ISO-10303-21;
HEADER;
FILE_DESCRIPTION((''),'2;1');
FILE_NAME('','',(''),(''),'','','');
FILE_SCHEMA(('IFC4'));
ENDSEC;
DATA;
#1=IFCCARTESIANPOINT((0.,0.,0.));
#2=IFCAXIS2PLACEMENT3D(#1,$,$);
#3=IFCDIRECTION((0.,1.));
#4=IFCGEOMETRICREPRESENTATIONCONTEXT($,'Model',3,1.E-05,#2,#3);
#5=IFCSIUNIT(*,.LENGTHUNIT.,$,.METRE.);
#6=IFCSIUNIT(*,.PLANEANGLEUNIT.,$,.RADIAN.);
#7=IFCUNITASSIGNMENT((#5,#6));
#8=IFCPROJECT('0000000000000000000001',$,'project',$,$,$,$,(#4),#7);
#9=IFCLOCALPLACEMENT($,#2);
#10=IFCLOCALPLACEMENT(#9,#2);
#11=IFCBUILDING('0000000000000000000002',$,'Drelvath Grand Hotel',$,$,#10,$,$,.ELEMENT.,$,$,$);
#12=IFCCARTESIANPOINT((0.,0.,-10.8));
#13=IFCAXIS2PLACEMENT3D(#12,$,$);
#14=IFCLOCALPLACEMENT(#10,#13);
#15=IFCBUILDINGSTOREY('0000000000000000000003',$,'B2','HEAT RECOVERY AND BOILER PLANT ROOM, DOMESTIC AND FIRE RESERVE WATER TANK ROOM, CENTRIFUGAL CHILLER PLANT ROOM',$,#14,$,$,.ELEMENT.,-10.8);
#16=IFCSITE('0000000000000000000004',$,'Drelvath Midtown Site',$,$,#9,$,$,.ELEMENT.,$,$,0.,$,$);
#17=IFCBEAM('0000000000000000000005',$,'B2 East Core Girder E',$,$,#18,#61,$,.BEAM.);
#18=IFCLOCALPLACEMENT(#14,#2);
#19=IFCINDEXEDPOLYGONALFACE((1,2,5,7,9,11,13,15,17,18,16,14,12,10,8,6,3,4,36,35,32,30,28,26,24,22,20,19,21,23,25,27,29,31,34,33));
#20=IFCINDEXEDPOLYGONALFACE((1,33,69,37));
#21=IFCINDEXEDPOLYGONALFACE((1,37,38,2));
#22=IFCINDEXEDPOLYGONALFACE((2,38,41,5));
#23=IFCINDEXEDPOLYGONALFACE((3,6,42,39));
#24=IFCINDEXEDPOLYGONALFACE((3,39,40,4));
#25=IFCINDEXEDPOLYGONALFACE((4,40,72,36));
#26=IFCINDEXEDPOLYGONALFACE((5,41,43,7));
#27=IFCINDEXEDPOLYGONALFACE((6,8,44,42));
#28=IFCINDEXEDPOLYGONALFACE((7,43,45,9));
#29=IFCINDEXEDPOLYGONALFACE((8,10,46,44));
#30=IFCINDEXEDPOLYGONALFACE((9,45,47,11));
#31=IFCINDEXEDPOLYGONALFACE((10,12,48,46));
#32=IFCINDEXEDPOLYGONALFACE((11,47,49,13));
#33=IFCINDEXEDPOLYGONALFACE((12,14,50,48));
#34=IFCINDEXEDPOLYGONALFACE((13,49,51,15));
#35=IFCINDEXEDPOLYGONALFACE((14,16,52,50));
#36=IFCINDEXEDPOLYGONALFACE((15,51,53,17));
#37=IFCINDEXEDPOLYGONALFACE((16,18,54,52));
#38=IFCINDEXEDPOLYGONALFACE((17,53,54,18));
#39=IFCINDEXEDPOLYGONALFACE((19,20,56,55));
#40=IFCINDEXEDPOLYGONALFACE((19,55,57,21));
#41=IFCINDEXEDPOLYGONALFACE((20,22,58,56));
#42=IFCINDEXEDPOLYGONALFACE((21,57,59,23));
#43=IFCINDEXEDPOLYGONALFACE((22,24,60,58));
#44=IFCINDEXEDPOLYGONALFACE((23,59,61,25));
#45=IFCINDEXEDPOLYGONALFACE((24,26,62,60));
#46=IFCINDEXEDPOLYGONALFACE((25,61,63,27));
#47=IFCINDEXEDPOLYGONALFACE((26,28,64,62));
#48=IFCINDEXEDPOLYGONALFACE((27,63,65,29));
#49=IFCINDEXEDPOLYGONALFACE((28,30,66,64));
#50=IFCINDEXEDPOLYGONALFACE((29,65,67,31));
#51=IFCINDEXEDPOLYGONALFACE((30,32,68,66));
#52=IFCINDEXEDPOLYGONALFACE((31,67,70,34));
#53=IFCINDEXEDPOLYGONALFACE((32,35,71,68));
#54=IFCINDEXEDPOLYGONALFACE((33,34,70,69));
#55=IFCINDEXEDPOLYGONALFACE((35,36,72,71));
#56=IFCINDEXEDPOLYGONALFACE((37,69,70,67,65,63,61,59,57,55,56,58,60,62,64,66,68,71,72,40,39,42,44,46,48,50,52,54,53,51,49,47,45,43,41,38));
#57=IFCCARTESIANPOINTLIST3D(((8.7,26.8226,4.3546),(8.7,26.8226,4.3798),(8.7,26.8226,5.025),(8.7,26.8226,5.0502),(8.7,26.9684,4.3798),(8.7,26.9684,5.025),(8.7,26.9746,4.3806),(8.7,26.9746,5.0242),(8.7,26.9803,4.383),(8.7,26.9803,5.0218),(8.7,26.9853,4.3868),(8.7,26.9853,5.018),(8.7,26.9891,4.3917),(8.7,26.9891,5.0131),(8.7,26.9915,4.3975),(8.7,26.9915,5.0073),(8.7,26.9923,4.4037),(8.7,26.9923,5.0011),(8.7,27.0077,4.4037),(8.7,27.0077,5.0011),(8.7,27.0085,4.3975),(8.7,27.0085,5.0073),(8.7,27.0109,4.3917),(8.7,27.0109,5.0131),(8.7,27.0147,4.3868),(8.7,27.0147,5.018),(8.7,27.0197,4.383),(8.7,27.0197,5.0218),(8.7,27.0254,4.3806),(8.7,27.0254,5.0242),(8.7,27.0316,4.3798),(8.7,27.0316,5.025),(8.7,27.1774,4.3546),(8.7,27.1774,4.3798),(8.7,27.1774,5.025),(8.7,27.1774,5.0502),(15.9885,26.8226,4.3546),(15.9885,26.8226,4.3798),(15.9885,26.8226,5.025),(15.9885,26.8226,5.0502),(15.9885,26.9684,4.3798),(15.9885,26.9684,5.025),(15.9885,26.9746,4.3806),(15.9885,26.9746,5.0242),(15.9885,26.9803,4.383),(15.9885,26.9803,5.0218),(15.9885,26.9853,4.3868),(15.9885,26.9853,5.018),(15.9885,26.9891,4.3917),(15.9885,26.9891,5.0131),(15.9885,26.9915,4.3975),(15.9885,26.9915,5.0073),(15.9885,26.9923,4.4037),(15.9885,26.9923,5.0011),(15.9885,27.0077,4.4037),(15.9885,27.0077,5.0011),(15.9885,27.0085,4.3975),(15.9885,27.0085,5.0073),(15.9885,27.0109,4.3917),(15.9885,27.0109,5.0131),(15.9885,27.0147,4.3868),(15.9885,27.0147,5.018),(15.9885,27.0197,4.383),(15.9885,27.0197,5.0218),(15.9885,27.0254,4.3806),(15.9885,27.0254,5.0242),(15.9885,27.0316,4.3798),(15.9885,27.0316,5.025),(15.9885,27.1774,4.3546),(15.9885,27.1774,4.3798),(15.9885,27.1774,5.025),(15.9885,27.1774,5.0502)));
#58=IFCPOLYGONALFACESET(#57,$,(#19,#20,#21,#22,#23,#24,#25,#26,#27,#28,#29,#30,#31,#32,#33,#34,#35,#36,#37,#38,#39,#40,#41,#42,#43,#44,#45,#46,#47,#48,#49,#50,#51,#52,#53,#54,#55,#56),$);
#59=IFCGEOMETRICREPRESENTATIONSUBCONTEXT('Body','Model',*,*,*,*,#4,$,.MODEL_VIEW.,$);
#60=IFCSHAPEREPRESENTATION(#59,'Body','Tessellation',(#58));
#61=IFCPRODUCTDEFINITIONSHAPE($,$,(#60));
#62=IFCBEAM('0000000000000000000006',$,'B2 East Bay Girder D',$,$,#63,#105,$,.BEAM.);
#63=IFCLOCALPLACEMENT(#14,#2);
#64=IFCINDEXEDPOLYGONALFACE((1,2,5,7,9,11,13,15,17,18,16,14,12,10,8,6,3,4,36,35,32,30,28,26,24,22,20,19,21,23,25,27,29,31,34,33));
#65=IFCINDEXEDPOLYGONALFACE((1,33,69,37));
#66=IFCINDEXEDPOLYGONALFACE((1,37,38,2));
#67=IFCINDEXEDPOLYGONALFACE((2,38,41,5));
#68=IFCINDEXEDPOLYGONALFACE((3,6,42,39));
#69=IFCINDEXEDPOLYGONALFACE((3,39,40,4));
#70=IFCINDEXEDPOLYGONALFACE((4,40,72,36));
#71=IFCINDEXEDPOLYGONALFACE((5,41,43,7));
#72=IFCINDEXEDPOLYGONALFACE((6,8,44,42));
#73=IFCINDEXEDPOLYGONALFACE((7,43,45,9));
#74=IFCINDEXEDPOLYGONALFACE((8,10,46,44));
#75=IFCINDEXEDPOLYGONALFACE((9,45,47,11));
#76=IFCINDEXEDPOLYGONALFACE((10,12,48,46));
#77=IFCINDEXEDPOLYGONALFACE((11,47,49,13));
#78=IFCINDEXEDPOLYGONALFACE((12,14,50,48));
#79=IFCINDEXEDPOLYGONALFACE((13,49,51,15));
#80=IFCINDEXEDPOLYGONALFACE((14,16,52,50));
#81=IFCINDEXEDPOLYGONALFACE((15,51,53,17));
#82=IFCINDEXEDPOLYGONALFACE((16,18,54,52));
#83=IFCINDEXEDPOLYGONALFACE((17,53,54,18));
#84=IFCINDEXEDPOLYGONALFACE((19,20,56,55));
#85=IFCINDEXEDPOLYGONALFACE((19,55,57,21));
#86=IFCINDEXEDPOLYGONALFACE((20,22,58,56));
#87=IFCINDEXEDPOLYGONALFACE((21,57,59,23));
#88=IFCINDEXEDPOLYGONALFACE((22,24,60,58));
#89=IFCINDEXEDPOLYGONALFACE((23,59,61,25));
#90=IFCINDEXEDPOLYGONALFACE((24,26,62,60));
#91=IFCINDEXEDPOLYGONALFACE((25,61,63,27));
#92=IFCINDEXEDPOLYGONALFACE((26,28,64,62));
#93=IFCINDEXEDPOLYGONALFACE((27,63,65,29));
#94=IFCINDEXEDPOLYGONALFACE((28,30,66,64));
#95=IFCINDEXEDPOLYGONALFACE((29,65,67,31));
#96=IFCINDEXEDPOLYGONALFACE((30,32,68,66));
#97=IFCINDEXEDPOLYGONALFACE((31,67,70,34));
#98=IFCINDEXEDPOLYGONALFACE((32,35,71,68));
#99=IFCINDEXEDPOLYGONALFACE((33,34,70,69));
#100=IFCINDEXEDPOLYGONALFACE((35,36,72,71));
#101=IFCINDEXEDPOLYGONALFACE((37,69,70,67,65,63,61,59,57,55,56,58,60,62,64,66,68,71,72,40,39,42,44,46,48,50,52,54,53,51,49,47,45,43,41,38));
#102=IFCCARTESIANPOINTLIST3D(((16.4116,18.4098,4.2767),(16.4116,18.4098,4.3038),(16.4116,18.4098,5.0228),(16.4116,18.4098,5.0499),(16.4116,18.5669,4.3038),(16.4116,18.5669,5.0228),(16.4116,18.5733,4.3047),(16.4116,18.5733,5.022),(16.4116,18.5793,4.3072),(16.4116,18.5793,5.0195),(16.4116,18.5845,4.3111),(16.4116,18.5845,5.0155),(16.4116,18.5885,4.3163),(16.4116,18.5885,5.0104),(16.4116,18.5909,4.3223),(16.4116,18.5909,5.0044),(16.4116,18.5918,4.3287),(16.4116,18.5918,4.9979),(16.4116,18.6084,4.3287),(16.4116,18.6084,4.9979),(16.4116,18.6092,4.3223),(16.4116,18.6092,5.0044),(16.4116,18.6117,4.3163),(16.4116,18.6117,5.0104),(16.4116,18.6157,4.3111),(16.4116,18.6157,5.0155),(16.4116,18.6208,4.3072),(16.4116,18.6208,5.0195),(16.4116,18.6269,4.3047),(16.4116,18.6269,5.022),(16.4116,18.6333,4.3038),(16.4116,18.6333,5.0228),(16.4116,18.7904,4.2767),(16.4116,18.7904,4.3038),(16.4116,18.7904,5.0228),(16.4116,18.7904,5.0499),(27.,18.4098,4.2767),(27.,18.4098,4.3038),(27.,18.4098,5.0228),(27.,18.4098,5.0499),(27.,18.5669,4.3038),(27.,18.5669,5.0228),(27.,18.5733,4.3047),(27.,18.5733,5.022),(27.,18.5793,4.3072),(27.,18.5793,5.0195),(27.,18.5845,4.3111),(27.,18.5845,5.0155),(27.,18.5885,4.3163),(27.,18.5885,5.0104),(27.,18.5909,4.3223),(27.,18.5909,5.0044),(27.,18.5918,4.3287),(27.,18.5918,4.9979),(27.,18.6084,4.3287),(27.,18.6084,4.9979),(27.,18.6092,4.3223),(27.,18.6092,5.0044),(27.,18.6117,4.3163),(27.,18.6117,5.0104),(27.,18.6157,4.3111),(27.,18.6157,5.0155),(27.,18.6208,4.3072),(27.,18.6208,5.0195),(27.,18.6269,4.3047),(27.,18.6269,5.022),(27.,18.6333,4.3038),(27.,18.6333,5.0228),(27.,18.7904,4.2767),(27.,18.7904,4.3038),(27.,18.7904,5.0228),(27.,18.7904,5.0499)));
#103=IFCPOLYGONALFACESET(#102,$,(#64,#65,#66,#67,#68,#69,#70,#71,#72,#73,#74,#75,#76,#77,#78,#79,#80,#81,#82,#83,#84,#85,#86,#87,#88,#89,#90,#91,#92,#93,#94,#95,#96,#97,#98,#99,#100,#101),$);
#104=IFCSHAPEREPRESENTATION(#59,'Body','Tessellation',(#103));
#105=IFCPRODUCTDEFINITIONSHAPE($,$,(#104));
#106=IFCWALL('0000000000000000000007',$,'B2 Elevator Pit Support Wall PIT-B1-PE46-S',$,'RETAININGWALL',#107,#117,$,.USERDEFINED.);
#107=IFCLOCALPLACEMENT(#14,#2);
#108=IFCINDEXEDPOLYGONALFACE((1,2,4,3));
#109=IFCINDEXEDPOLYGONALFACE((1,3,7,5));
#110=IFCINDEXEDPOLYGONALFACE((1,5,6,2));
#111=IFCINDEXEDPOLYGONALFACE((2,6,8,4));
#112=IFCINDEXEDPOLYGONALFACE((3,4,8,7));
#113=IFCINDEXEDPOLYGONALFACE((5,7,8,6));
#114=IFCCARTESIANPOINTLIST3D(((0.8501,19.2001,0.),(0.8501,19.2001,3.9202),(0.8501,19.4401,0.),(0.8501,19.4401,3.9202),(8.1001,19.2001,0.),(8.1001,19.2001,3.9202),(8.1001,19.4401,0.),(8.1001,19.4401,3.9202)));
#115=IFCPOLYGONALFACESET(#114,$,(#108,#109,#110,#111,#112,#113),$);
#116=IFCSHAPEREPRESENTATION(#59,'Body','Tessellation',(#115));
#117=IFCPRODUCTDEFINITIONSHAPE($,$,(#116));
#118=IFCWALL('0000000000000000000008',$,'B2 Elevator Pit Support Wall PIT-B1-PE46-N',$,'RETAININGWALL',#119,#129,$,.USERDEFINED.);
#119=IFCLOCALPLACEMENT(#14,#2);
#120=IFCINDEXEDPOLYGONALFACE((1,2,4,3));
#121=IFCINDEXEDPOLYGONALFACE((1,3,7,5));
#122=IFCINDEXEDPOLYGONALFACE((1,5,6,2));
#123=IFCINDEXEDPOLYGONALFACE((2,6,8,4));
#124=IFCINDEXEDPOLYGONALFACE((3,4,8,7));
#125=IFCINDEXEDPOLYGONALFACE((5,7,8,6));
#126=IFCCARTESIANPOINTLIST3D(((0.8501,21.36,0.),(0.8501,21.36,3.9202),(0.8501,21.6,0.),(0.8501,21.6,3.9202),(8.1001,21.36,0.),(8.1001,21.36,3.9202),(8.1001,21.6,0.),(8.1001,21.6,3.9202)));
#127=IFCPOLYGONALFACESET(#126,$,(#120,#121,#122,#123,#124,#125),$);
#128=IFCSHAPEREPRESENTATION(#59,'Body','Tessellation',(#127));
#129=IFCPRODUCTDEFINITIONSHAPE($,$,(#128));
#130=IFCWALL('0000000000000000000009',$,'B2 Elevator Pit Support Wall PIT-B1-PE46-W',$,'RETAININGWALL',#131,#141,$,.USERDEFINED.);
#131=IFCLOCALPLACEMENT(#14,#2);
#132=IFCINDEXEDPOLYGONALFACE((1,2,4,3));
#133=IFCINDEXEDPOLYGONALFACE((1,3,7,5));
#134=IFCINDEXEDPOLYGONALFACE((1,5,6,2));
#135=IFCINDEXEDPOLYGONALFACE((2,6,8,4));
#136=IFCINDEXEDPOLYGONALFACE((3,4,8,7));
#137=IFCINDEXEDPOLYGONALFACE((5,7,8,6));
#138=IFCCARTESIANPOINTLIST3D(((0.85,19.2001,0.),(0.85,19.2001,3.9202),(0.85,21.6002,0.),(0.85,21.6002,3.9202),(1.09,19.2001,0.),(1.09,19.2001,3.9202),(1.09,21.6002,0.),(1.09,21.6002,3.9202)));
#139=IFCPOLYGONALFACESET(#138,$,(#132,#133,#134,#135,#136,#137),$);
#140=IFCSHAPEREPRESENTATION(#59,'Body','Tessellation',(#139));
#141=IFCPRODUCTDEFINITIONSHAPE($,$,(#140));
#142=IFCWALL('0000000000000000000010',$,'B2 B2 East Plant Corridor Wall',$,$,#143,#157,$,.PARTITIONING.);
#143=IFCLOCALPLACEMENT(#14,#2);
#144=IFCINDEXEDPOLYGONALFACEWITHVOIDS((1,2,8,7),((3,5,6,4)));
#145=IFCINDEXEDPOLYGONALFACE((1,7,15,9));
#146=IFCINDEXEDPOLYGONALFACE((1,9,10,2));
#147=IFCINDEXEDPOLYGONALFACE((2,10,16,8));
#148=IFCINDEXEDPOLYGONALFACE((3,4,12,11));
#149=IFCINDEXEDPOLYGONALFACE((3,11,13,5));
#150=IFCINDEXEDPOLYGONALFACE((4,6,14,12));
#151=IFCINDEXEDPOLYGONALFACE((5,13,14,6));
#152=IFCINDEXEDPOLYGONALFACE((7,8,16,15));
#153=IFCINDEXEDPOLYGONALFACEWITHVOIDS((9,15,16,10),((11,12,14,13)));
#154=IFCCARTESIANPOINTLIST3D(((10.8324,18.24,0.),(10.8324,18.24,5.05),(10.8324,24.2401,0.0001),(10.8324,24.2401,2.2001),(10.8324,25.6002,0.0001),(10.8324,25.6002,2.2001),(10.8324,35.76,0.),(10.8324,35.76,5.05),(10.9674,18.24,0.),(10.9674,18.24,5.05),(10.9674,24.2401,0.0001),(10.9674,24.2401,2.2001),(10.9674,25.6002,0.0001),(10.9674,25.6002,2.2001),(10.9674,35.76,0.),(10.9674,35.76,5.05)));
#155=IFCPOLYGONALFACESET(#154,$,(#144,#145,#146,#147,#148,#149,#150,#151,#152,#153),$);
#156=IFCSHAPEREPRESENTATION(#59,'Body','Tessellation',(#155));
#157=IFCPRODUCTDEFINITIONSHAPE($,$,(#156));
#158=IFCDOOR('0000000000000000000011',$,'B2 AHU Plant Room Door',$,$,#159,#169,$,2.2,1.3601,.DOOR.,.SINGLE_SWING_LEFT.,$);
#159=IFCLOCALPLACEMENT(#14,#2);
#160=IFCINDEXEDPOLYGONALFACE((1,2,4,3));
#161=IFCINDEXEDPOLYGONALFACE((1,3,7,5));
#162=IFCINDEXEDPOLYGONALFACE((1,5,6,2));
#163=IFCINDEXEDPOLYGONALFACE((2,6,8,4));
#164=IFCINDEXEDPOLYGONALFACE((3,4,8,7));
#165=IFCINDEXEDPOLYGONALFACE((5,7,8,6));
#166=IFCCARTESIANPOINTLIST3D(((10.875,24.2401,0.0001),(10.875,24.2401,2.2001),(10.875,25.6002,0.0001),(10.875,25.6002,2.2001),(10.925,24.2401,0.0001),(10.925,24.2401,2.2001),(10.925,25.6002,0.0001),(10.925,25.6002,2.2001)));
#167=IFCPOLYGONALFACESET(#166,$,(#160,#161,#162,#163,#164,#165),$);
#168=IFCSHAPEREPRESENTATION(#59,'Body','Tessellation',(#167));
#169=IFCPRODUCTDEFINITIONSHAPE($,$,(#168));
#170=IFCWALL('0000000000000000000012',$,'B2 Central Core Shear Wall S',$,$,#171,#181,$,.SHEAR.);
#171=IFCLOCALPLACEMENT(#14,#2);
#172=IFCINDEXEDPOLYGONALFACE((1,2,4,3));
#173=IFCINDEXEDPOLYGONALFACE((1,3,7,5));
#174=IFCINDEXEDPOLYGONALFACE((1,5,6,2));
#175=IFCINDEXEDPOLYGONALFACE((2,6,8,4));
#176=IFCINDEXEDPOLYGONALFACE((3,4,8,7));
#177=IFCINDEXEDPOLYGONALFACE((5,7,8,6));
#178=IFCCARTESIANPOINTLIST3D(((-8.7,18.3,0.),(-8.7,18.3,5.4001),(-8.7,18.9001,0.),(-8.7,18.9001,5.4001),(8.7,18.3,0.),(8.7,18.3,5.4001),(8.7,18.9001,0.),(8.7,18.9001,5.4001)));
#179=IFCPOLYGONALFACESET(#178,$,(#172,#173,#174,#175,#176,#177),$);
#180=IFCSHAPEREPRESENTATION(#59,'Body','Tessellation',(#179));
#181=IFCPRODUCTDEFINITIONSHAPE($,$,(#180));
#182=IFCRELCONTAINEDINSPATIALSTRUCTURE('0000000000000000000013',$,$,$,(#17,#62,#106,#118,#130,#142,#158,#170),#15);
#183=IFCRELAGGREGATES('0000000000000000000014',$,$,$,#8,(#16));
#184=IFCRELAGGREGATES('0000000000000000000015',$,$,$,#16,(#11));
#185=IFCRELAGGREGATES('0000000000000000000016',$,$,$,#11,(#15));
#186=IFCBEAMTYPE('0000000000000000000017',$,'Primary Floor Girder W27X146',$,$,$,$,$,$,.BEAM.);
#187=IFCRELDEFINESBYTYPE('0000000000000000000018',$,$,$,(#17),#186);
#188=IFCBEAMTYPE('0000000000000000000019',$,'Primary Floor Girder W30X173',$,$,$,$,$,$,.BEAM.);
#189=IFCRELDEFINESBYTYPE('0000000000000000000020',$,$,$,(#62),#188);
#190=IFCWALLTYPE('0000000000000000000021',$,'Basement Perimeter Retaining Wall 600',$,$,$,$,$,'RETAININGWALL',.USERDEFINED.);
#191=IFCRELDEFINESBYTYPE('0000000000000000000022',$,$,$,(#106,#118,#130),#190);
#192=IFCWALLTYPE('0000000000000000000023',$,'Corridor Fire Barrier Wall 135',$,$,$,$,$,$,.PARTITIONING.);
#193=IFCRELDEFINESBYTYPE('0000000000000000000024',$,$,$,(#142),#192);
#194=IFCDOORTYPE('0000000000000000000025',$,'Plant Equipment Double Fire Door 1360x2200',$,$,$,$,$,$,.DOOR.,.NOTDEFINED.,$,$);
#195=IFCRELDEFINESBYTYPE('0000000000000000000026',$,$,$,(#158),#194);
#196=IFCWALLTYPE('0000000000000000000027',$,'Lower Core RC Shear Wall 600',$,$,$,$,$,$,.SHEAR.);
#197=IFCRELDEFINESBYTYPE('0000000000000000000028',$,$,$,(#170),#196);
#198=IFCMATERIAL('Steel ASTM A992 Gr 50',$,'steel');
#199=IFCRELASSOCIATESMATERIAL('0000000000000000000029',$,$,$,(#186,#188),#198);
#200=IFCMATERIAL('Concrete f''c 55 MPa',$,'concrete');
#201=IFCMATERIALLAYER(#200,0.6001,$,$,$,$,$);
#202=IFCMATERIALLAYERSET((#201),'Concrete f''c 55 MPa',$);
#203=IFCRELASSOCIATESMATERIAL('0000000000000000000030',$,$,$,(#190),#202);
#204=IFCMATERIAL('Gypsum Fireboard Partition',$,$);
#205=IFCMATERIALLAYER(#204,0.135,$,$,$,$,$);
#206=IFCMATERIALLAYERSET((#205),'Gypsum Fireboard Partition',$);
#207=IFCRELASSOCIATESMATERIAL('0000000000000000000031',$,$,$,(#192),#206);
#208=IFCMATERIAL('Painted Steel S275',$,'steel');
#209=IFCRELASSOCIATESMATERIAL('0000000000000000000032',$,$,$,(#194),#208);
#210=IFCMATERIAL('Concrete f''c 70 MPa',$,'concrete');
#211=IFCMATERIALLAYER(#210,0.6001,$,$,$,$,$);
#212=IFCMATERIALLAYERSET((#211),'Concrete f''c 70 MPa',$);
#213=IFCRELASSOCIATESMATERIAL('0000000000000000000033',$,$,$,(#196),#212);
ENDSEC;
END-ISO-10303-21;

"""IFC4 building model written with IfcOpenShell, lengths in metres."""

from ifc_helpers import new_model, si_unit, direction, frame, frame_2d, origin, origin_2d, place, context, subcontext, project, spatial, rectangle, i_section, extrude, material, layer, layer_set, material_profile, profile_set, type_object, element, fill, save


model = new_model("IFC4")

# Units and contexts
model_context = context("Model", 3, precision=1e-05, world=origin(), true_north=direction((0.0, 1.0)))
body_context = subcontext(model_context, "Body", "Model", "MODEL_VIEW")
ifc_project = project(units=[si_unit("LENGTHUNIT", "METRE"), si_unit("PLANEANGLEUNIT", "RADIAN")], contexts=[model_context])

# Site, building, storey
site_placement = place(None, origin())
site = spatial("IfcSite", under=ifc_project, at=site_placement, Name="Drelvath Midtown Site", CompositionType="ELEMENT", RefElevation=0.0)
building_placement = place(site_placement, origin())
building = spatial("IfcBuilding", under=site, at=building_placement, Name="Drelvath Grand Hotel", CompositionType="ELEMENT")
storey_placement = place(building_placement, frame((0.0, 0.0, -10.8)))
storey = spatial("IfcBuildingStorey", under=building, at=storey_placement, Name="B2", Description="HEAT RECOVERY AND BOILER PLANT ROOM, DOMESTIC AND FIRE RESERVE WATER TANK ROOM, CENTRIFUGAL CHILLER PLANT ROOM", CompositionType="ELEMENT", Elevation=-10.8)

# Shared definitions
ifc_material_1 = material(Name="Concrete f'c 55 MPa", Category="concrete")

# Beams
ifc_material_2 = material(Name="Steel ASTM A992 Gr 50", Category="steel")
ifc_material_3 = material(Name="Concrete f'c 70 MPa", Category="concrete")
ifc_material_profile_1 = material_profile(ifc_material_2, i_section(OverallWidth=0.3547, OverallDepth=0.6956, WebThickness=0.0154, FlangeThickness=0.0251, FilletRadius=0.0239, at=origin_2d()), Name="W27X146")
ifc_profile_set_1 = profile_set([ifc_material_profile_1], Name="Steel ASTM A992 Gr 50")
beam_type_1 = type_object("IfcBeamType", Name="Primary Floor Girder W27X146", PredefinedType="BEAM", material=ifc_profile_set_1)
for number, where, z_axis, x_axis, name in (
    (1, (8.7, 27.0, 4.7024), (1.0, 0.0, 0.0), (0.0, 1.0, 0.0), "B2 East Core Girder E"),
):
    element("IfcBeam", number, at=place(storey_placement, frame(where, z_axis=z_axis, x_axis=x_axis)), inside=storey, type_object=beam_type_1, Name=name, PredefinedType="BEAM", context=body_context, shape_type="SweptSolid", body=[
        extrude(i_section(OverallWidth=0.3547, OverallDepth=0.6956, WebThickness=0.0154, FlangeThickness=0.0251, FilletRadius=0.0239, at=origin_2d()), origin(), (0.0, 0.0, 1.0), 7.2886),
    ])
ifc_material_profile_2 = material_profile(ifc_material_2, i_section(OverallWidth=0.3806, OverallDepth=0.7732, WebThickness=0.0166, FlangeThickness=0.0271, FilletRadius=0.0249, at=origin_2d()), Name="W30X173")
ifc_profile_set_2 = profile_set([ifc_material_profile_2], Name="Steel ASTM A992 Gr 50")
beam_type_2 = type_object("IfcBeamType", Name="Primary Floor Girder W30X173", PredefinedType="BEAM", material=ifc_profile_set_2)
beam_1_placement = place(storey_placement, frame((16.4116, 18.6001, 4.6633), z_axis=(1.0, 0.0, 0.0), x_axis=(0.0, 1.0, 0.0)))
element("IfcBeam", 2, at=beam_1_placement, inside=storey, type_object=beam_type_2, Name="B2 East Bay Girder D", PredefinedType="BEAM", context=body_context, shape_type="SweptSolid", body=[
    extrude(i_section(OverallWidth=0.3806, OverallDepth=0.7732, WebThickness=0.0166, FlangeThickness=0.0271, FilletRadius=0.0249, at=origin_2d()), origin(), (0.0, 0.0, 1.0), 10.5884),
])

# Walls
ifc_layer_1 = layer(ifc_material_1, 0.6001)
ifc_layer_set_1 = layer_set([ifc_layer_1], Name="Concrete f'c 55 MPa")
wall_type_1 = type_object("IfcWallType", Name="Basement Perimeter Retaining Wall 600", ElementType="RETAININGWALL", PredefinedType="USERDEFINED", material=ifc_layer_set_1)
for number, where, z_axis, x_axis, name in (
    (3, (0.8501, 19.3201, 0.0), (0.0, 0.0, 1.0), (1.0, 0.0, 0.0), "B2 Elevator Pit Support Wall PIT-B1-PE46-S"),
    (4, (0.8501, 21.48, 0.0), (0.0, 0.0, 1.0), (1.0, 0.0, 0.0), "B2 Elevator Pit Support Wall PIT-B1-PE46-N"),
):
    element("IfcWall", number, at=place(storey_placement, frame(where, z_axis=z_axis, x_axis=x_axis)), inside=storey, type_object=wall_type_1, Name=name, ObjectType="RETAININGWALL", PredefinedType="USERDEFINED", context=body_context, shape_type="SweptSolid", body=[
        extrude(rectangle(XDim=7.25, YDim=0.24, at=frame_2d((3.625, 0.0))), origin(), (0.0, 0.0, 1.0), 3.9202),
    ])
wall_1_placement = place(storey_placement, frame((0.97, 19.2, 0.0), z_axis=(0.0, 0.0, 1.0), x_axis=(0.0, 1.0, 0.0)))
element("IfcWall", 5, at=wall_1_placement, inside=storey, type_object=wall_type_1, Name="B2 Elevator Pit Support Wall PIT-B1-PE46-W", ObjectType="RETAININGWALL", PredefinedType="USERDEFINED", context=body_context, shape_type="SweptSolid", body=[
    extrude(rectangle(XDim=2.4001, YDim=0.24, at=frame_2d((1.2002, 0.0))), origin(), (0.0, 0.0, 1.0), 3.9202),
])

# Wall, opening, door
ifc_material_4 = material(Name="Gypsum Fireboard Partition")
ifc_layer_2 = layer(ifc_material_4, 0.135)
ifc_layer_set_2 = layer_set([ifc_layer_2], Name="Gypsum Fireboard Partition")
wall_type_2 = type_object("IfcWallType", Name="Corridor Fire Barrier Wall 135", PredefinedType="PARTITIONING", material=ifc_layer_set_2)
wall_2_placement = place(storey_placement, frame((10.8999, 18.24, 0.0), z_axis=(0.0, 0.0, 1.0), x_axis=(0.0, 1.0, 0.0)))
wall_2 = element("IfcWall", 6, at=wall_2_placement, inside=storey, type_object=wall_type_2, Name="B2 B2 East Plant Corridor Wall", PredefinedType="PARTITIONING", context=body_context, shape_type="SweptSolid", body=[
    extrude(rectangle(XDim=17.52, YDim=0.135, at=frame_2d((8.76, 0.0))), origin(), (0.0, 0.0, 1.0), 5.05),
])
opening_placement = place(wall_2_placement, frame((6.0, 0.0, 0.0)))
opening = element("IfcOpeningElement", 7, at=opening_placement, cuts=wall_2, PredefinedType="OPENING", context=body_context, shape_type="SweptSolid", body=[
    extrude(rectangle(XDim=1.3601, YDim=2.2, at=frame_2d((0.6802, 1.1001))), frame((0.0, 0.0774, 0.0), z_axis=(0.0, -1.0, 0.0), x_axis=(1.0, 0.0, 0.0)), (0.0, 0.0, 1.0), 0.155),
])
ifc_material_5 = material(Name="Painted Steel S275", Category="steel")
door_type = type_object("IfcDoorType", Name="Plant Equipment Double Fire Door 1360x2200", OperationType="NOTDEFINED", PredefinedType="DOOR", material=ifc_material_5)
door_placement = place(opening_placement, origin())
door = element("IfcDoor", 8, at=door_placement, inside=storey, type_object=door_type, Name="B2 AHU Plant Room Door", OperationType="SINGLE_SWING_LEFT", OverallHeight=2.2, OverallWidth=1.3601, PredefinedType="DOOR", context=body_context, shape_type="SweptSolid", body=[
    extrude(rectangle(XDim=1.3601, YDim=2.2, at=frame_2d((0.6802, 1.1001))), frame((0.0, 0.0249, 0.0), z_axis=(0.0, -1.0, 0.0), x_axis=(1.0, 0.0, 0.0)), (0.0, 0.0, 1.0), 0.05),
])
fill(opening, door)

# Wall
ifc_layer_3 = layer(ifc_material_3, 0.6001)
ifc_layer_set_3 = layer_set([ifc_layer_3], Name="Concrete f'c 70 MPa")
wall_type_3 = type_object("IfcWallType", Name="Lower Core RC Shear Wall 600", PredefinedType="SHEAR", material=ifc_layer_set_3)
wall_3_placement = place(storey_placement, frame((8.7, 18.6001, 0.0), z_axis=(0.0, 0.0, 1.0), x_axis=(-1.0, 0.0, 0.0)))
element("IfcWall", 9, at=wall_3_placement, inside=storey, type_object=wall_type_3, Name="B2 Central Core Shear Wall S", PredefinedType="SHEAR", context=body_context, shape_type="SweptSolid", body=[
    extrude(rectangle(XDim=17.3999, YDim=0.6001, at=frame_2d((8.7, 0.0))), origin(), (0.0, 0.0, 1.0), 5.4001),
])

save(model, "model.ifc")
